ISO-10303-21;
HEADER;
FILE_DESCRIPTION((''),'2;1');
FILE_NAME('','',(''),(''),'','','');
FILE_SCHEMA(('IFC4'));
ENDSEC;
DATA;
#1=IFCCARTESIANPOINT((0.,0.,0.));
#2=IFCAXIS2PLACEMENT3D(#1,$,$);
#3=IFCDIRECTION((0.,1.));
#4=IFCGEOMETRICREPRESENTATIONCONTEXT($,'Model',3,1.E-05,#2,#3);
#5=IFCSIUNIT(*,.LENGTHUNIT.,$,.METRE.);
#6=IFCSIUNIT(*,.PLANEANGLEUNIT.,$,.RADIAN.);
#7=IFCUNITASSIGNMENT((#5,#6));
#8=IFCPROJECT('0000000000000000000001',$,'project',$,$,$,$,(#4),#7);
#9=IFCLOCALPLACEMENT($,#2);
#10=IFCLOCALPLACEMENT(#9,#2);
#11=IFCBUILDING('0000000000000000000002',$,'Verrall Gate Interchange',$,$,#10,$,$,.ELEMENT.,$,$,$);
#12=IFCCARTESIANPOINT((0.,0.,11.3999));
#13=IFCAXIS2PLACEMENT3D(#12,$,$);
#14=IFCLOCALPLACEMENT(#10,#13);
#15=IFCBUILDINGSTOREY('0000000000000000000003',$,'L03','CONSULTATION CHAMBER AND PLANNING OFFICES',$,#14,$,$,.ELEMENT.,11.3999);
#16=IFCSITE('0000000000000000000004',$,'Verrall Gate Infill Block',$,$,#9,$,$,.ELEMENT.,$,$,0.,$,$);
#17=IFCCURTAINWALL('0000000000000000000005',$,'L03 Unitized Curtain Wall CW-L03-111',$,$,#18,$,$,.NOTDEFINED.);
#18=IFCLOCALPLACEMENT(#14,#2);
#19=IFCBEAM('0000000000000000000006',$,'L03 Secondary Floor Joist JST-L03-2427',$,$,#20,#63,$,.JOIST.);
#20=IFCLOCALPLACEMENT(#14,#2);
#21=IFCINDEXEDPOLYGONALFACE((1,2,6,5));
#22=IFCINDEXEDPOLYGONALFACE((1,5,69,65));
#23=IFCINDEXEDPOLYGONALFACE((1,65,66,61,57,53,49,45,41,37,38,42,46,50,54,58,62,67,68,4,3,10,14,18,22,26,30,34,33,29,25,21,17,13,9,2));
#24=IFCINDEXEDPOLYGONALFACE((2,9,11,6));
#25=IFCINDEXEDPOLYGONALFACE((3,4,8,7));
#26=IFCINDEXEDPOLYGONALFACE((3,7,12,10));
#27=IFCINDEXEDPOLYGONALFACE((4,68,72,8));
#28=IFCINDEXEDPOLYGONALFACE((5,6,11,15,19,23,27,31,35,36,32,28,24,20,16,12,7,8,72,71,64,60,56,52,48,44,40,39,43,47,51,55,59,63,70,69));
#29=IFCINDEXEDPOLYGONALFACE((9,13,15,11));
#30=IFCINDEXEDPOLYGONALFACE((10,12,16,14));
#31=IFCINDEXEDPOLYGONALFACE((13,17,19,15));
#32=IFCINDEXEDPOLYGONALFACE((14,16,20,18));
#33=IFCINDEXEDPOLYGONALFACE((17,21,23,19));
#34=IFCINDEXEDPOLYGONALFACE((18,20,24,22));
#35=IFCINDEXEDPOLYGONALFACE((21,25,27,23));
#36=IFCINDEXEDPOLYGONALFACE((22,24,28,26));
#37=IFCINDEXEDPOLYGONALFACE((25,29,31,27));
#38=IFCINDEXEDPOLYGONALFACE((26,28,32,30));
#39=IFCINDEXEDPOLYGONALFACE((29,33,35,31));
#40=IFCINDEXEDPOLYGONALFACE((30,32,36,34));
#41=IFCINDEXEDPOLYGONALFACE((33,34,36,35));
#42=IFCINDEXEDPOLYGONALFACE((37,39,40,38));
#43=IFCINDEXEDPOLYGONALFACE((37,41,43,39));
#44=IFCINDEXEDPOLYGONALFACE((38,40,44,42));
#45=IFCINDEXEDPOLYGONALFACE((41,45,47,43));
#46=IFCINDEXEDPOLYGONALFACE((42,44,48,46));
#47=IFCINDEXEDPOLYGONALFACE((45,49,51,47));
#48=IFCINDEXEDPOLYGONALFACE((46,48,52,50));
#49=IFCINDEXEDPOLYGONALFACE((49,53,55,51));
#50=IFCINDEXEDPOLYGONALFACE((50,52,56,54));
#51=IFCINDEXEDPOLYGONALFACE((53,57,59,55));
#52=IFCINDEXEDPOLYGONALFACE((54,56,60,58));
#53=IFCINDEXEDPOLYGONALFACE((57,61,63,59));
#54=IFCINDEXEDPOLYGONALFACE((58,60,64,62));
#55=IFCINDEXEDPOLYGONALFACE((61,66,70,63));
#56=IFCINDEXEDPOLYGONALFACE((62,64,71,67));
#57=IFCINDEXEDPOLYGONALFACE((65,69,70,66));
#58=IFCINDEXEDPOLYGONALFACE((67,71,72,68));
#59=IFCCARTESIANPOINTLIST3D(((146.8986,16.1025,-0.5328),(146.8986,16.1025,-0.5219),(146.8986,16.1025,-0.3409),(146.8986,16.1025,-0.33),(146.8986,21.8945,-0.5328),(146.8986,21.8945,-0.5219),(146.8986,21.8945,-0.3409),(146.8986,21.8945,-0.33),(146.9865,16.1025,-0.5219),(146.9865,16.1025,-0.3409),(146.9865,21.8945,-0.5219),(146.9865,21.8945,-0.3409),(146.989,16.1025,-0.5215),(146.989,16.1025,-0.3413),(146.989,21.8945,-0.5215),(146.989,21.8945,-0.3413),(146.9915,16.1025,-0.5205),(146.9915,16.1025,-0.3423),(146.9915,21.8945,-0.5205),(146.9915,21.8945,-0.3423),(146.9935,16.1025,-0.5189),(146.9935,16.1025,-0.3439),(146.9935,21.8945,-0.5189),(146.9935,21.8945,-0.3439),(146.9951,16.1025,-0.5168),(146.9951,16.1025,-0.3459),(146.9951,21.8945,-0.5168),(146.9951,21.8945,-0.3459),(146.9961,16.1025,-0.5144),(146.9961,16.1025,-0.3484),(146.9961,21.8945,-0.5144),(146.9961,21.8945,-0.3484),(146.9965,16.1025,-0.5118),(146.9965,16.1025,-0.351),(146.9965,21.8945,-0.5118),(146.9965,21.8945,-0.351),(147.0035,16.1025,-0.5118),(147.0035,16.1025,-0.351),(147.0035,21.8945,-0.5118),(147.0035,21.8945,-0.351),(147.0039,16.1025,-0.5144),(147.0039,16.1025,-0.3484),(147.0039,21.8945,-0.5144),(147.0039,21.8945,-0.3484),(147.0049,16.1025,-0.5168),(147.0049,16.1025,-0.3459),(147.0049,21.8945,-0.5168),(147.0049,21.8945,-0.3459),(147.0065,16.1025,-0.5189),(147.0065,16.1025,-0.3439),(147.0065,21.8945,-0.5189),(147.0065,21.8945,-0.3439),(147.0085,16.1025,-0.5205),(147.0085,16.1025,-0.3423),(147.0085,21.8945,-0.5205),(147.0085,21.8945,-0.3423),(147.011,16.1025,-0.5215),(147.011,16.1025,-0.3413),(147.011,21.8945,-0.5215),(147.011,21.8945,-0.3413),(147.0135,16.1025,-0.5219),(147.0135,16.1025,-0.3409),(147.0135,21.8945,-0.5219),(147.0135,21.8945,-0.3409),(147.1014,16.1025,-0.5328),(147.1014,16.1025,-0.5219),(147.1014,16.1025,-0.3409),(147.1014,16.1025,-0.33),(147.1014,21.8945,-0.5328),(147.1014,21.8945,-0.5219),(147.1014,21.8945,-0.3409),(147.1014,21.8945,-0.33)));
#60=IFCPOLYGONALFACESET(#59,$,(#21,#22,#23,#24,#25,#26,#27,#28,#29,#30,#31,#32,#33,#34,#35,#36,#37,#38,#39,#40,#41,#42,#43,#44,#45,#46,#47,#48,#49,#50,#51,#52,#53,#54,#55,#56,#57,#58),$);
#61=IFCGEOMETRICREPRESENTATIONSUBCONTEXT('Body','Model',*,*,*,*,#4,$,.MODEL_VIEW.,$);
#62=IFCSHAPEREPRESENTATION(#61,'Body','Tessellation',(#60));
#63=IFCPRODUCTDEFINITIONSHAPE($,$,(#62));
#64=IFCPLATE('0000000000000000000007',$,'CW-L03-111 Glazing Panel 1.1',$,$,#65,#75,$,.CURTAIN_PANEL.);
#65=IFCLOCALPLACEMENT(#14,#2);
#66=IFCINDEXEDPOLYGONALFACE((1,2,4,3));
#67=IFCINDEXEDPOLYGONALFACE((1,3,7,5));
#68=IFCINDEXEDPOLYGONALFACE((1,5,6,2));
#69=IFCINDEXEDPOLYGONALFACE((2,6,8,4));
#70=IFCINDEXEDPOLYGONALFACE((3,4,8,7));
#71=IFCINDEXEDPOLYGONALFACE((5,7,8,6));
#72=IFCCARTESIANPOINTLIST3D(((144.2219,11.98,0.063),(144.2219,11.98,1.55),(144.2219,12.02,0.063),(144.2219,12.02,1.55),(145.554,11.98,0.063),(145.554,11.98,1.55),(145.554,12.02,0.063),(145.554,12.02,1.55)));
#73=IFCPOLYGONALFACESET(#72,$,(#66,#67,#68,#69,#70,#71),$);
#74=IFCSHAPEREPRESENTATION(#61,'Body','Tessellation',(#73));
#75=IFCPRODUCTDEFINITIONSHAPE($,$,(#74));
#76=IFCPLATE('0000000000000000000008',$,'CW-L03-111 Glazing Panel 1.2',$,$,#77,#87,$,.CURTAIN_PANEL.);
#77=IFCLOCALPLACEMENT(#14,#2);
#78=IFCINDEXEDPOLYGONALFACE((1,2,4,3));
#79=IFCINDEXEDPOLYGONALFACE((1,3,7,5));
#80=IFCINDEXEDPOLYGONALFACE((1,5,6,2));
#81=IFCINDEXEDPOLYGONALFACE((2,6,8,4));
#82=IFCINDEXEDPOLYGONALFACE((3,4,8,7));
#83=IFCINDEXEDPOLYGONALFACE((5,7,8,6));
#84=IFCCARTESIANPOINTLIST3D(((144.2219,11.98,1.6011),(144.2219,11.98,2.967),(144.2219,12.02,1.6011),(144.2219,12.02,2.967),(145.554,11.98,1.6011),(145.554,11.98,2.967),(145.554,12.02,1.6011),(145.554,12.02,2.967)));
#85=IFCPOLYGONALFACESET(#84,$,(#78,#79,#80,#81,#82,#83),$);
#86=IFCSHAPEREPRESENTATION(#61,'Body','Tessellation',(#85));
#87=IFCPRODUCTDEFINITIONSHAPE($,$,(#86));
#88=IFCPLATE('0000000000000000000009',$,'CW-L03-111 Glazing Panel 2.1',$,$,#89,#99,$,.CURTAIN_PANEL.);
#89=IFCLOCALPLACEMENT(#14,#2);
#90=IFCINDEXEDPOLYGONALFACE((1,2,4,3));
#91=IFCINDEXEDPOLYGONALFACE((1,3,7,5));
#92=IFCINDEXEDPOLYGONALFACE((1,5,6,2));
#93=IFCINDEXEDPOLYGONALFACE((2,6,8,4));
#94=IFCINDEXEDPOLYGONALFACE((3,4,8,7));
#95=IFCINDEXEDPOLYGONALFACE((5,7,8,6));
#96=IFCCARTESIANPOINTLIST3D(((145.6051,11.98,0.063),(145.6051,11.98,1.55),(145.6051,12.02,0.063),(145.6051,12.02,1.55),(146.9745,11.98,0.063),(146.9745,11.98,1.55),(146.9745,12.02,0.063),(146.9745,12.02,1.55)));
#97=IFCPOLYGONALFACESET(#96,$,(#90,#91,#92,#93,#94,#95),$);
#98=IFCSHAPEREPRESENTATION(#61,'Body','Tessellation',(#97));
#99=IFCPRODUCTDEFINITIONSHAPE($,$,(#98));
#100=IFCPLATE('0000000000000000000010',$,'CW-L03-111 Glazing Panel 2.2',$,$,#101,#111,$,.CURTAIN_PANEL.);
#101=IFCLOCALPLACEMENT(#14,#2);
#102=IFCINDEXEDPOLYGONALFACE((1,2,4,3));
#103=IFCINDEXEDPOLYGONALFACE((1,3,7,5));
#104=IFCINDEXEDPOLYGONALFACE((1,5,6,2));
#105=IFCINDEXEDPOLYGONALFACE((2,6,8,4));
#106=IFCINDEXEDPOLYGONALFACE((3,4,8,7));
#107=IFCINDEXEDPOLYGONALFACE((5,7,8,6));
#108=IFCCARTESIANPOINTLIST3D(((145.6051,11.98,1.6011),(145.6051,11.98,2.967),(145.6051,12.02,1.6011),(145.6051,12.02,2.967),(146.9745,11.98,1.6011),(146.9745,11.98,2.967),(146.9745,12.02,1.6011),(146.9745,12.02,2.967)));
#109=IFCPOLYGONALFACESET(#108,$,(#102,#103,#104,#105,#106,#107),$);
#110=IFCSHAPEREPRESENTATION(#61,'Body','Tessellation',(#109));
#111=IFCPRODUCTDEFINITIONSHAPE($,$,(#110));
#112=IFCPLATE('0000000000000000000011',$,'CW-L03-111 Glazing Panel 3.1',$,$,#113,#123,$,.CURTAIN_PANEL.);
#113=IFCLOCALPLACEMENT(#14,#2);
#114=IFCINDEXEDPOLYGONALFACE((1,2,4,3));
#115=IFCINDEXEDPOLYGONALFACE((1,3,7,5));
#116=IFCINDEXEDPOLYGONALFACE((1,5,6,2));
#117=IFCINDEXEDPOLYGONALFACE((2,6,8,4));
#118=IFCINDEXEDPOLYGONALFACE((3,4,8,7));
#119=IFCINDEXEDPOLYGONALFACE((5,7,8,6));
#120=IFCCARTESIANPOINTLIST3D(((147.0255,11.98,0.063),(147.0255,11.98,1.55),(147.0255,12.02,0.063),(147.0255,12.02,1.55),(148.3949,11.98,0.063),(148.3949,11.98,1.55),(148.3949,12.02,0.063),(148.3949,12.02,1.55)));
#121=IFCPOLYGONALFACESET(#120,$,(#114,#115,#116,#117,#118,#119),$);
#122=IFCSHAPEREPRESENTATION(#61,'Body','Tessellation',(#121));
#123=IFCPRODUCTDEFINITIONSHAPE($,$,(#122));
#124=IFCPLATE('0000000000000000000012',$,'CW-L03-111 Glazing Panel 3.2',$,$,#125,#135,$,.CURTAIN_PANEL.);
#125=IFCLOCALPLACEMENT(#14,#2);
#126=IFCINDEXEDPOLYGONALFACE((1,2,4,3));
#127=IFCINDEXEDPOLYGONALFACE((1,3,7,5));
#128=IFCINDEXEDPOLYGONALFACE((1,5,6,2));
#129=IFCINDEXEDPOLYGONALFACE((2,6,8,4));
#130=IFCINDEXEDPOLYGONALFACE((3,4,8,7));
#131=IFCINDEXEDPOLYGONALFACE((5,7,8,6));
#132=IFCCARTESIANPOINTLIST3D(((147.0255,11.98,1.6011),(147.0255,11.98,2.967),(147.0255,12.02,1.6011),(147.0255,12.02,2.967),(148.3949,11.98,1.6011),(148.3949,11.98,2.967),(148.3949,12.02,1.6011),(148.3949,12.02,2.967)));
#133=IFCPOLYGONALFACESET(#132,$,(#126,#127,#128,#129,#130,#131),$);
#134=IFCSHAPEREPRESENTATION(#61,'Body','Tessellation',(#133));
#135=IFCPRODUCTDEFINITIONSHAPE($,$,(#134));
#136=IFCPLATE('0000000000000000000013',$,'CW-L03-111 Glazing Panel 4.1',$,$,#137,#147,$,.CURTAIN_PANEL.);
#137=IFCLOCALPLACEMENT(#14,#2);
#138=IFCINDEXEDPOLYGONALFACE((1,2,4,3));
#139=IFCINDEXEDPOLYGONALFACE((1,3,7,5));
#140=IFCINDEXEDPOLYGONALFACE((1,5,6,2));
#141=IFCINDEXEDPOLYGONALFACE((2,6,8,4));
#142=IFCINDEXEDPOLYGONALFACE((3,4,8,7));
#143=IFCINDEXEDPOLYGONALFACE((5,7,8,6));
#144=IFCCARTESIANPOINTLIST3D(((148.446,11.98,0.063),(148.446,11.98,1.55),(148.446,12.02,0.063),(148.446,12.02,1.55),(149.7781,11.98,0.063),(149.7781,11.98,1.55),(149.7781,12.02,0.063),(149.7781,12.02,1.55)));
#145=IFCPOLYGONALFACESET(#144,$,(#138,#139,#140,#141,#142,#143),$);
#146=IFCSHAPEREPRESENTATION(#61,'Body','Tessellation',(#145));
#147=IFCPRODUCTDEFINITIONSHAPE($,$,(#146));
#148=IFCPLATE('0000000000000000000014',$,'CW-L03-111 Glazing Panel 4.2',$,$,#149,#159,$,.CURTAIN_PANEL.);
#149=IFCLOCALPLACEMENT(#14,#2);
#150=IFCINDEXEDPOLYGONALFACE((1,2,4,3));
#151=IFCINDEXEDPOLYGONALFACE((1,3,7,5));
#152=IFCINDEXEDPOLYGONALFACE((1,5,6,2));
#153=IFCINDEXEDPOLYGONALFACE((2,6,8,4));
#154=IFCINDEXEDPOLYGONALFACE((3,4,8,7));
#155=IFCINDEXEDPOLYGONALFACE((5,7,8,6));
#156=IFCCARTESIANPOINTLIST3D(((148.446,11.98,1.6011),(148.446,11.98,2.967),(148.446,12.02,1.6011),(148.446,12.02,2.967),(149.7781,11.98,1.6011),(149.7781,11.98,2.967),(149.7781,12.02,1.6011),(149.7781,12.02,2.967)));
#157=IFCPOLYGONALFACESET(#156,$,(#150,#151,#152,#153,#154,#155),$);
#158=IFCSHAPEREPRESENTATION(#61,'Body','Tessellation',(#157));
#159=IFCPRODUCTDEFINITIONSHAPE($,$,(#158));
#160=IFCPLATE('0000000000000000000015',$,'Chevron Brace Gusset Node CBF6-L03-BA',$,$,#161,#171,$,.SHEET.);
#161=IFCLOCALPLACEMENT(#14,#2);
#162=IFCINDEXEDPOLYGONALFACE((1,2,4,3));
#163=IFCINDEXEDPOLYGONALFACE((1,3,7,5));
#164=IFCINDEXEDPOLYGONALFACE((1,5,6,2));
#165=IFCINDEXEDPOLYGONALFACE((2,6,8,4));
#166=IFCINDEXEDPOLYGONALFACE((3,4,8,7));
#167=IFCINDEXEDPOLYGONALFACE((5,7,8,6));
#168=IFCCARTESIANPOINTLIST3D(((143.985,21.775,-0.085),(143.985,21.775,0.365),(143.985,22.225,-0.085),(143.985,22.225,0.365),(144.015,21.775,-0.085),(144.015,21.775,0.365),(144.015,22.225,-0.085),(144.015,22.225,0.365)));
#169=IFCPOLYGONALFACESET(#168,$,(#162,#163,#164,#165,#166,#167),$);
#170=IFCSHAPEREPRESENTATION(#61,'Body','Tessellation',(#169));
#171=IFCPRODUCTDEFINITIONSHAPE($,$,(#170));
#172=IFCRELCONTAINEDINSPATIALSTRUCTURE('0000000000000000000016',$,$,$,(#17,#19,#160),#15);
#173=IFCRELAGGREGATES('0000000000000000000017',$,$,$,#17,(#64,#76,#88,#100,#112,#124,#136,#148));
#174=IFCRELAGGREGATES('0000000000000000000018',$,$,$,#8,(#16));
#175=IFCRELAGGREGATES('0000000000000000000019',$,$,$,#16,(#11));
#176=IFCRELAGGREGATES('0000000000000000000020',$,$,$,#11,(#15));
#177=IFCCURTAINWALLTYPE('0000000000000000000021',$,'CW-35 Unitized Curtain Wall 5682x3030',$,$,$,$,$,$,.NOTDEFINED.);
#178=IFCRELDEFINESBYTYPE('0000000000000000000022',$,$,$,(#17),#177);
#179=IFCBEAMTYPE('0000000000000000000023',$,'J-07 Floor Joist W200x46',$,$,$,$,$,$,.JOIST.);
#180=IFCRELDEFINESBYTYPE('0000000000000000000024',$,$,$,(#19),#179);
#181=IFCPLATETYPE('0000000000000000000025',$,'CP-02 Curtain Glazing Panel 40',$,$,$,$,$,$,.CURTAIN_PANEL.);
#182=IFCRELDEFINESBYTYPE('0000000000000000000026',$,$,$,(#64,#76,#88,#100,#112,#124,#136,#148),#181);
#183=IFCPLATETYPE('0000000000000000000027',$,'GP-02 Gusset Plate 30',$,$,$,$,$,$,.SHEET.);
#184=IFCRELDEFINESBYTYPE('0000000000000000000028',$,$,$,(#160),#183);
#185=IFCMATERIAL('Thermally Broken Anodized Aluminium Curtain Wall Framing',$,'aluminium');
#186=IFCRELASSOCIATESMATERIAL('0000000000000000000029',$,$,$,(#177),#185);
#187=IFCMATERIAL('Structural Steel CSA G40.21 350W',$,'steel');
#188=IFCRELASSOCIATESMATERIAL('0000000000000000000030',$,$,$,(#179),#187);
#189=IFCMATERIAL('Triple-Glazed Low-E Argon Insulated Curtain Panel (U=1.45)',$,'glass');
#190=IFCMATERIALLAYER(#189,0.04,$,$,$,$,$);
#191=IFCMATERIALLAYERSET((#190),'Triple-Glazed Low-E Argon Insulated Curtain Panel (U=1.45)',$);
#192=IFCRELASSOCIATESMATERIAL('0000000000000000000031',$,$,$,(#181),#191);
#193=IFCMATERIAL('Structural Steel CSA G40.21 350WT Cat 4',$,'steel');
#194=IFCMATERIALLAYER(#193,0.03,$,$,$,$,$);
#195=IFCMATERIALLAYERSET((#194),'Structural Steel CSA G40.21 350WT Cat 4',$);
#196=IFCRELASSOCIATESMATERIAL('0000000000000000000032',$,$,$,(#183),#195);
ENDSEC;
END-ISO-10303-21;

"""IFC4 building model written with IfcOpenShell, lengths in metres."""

from ifc_helpers import new_model, si_unit, direction, frame, origin, origin_2d, place, context, subcontext, project, spatial, rectangle, i_section, extrude, material, layer, layer_set, material_profile, profile_set, type_object, element, aggregate, save


model = new_model("IFC4")

# Units and contexts
model_context = context("Model", 3, precision=1e-05, world=origin(), true_north=direction((0.0, 1.0)))
body_context = subcontext(model_context, "Body", "Model", "MODEL_VIEW")
ifc_project = project(units=[si_unit("LENGTHUNIT", "METRE"), si_unit("PLANEANGLEUNIT", "RADIAN")], contexts=[model_context])

# Site, building, storey
site_placement = place(None, origin())
site = spatial("IfcSite", under=ifc_project, at=site_placement, Name="Verrall Gate Infill Block", CompositionType="ELEMENT", RefElevation=0.0)
building_placement = place(site_placement, origin())
building = spatial("IfcBuilding", under=site, at=building_placement, Name="Verrall Gate Interchange", CompositionType="ELEMENT")
storey_placement = place(building_placement, frame((0.0, 0.0, 11.3999)))
storey = spatial("IfcBuildingStorey", under=building, at=storey_placement, Name="L03", Description="CONSULTATION CHAMBER AND PLANNING OFFICES", CompositionType="ELEMENT", Elevation=11.3999)

# Curtain wall
ifc_material_1 = material(Name="Thermally Broken Anodized Aluminium Curtain Wall Framing", Category="aluminium")
curtain_wall_type = type_object("IfcCurtainWallType", Name="CW-35 Unitized Curtain Wall 5682x3030", PredefinedType="NOTDEFINED", material=ifc_material_1)
curtain_wall_placement = place(storey_placement, origin())
curtain_wall = element("IfcCurtainWall", 1, at=curtain_wall_placement, inside=storey, type_object=curtain_wall_type, Name="L03 Unitized Curtain Wall CW-L03-111", PredefinedType="NOTDEFINED")

# Beam
ifc_material_2 = material(Name="Structural Steel CSA G40.21 350W", Category="steel")
ifc_material_profile_1 = material_profile(ifc_material_2, i_section(OverallWidth=0.2029, OverallDepth=0.2029, WebThickness=0.0071, FlangeThickness=0.011, FilletRadius=0.01, at=origin_2d()), Name="W200x46")
ifc_profile_set_1 = profile_set([ifc_material_profile_1], Name="Structural Steel CSA G40.21 350W")
beam_type_1 = type_object("IfcBeamType", Name="J-07 Floor Joist W200x46", PredefinedType="JOIST", material=ifc_profile_set_1)
beam_1_placement = place(storey_placement, frame((147.0, 16.1025, -0.4314), z_axis=(0.0, 1.0, 0.0), x_axis=(-1.0, 0.0, 0.0)))
element("IfcBeam", 2, at=beam_1_placement, inside=storey, type_object=beam_type_1, Name="L03 Secondary Floor Joist JST-L03-2427", PredefinedType="JOIST", context=body_context, shape_type="SweptSolid", body=[
    extrude(i_section(OverallWidth=0.2029, OverallDepth=0.2029, WebThickness=0.0071, FlangeThickness=0.011, FilletRadius=0.01, at=origin_2d()), origin(), (0.0, 0.0, 1.0), 5.792),
])

# Plates
ifc_material_3 = material(Name="Triple-Glazed Low-E Argon Insulated Curtain Panel (U=1.45)", Category="glass")
ifc_layer_1 = layer(ifc_material_3, 0.04)
ifc_layer_set_1 = layer_set([ifc_layer_1], Name="Triple-Glazed Low-E Argon Insulated Curtain Panel (U=1.45)")
plate_type_1 = type_object("IfcPlateType", Name="CP-02 Curtain Glazing Panel 40", PredefinedType="CURTAIN_PANEL", material=ifc_layer_set_1)
plate_1_placement = place(storey_placement, frame((144.8879, 12.0, 0.063), z_axis=(0.0, 0.0, 1.0), x_axis=(1.0, 0.0, 0.0)))
plate_1 = element("IfcPlate", 3, at=plate_1_placement, type_object=plate_type_1, Name="CW-L03-111 Glazing Panel 1.1", PredefinedType="CURTAIN_PANEL", context=body_context, shape_type="SweptSolid", body=[
    extrude(rectangle(XDim=1.332, YDim=0.04, at=origin_2d()), origin(), (0.0, 0.0, 1.0), 1.4871),
])
plate_2_placement = place(storey_placement, frame((144.8879, 12.0, 1.6011), z_axis=(0.0, 0.0, 1.0), x_axis=(1.0, 0.0, 0.0)))
plate_2 = element("IfcPlate", 4, at=plate_2_placement, type_object=plate_type_1, Name="CW-L03-111 Glazing Panel 1.2", PredefinedType="CURTAIN_PANEL", context=body_context, shape_type="SweptSolid", body=[
    extrude(rectangle(XDim=1.332, YDim=0.04, at=origin_2d()), origin(), (0.0, 0.0, 1.0), 1.366),
])
plate_3_placement = place(storey_placement, frame((146.2898, 12.0, 0.063), z_axis=(0.0, 0.0, 1.0), x_axis=(1.0, 0.0, 0.0)))
plate_3 = element("IfcPlate", 5, at=plate_3_placement, type_object=plate_type_1, Name="CW-L03-111 Glazing Panel 2.1", PredefinedType="CURTAIN_PANEL", context=body_context, shape_type="SweptSolid", body=[
    extrude(rectangle(XDim=1.3694, YDim=0.04, at=origin_2d()), origin(), (0.0, 0.0, 1.0), 1.4871),
])
plate_4_placement = place(storey_placement, frame((146.2898, 12.0, 1.6011), z_axis=(0.0, 0.0, 1.0), x_axis=(1.0, 0.0, 0.0)))
plate_4 = element("IfcPlate", 6, at=plate_4_placement, type_object=plate_type_1, Name="CW-L03-111 Glazing Panel 2.2", PredefinedType="CURTAIN_PANEL", context=body_context, shape_type="SweptSolid", body=[
    extrude(rectangle(XDim=1.3694, YDim=0.04, at=origin_2d()), origin(), (0.0, 0.0, 1.0), 1.366),
])
plate_5_placement = place(storey_placement, frame((147.7102, 12.0, 0.063), z_axis=(0.0, 0.0, 1.0), x_axis=(1.0, 0.0, 0.0)))
plate_5 = element("IfcPlate", 7, at=plate_5_placement, type_object=plate_type_1, Name="CW-L03-111 Glazing Panel 3.1", PredefinedType="CURTAIN_PANEL", context=body_context, shape_type="SweptSolid", body=[
    extrude(rectangle(XDim=1.3694, YDim=0.04, at=origin_2d()), origin(), (0.0, 0.0, 1.0), 1.4871),
])
plate_6_placement = place(storey_placement, frame((147.7102, 12.0, 1.6011), z_axis=(0.0, 0.0, 1.0), x_axis=(1.0, 0.0, 0.0)))
plate_6 = element("IfcPlate", 8, at=plate_6_placement, type_object=plate_type_1, Name="CW-L03-111 Glazing Panel 3.2", PredefinedType="CURTAIN_PANEL", context=body_context, shape_type="SweptSolid", body=[
    extrude(rectangle(XDim=1.3694, YDim=0.04, at=origin_2d()), origin(), (0.0, 0.0, 1.0), 1.366),
])
plate_7_placement = place(storey_placement, frame((149.1121, 12.0, 0.063), z_axis=(0.0, 0.0, 1.0), x_axis=(1.0, 0.0, 0.0)))
plate_7 = element("IfcPlate", 9, at=plate_7_placement, type_object=plate_type_1, Name="CW-L03-111 Glazing Panel 4.1", PredefinedType="CURTAIN_PANEL", context=body_context, shape_type="SweptSolid", body=[
    extrude(rectangle(XDim=1.332, YDim=0.04, at=origin_2d()), origin(), (0.0, 0.0, 1.0), 1.4871),
])
plate_8_placement = place(storey_placement, frame((149.1121, 12.0, 1.6011), z_axis=(0.0, 0.0, 1.0), x_axis=(1.0, 0.0, 0.0)))
plate_8 = element("IfcPlate", 10, at=plate_8_placement, type_object=plate_type_1, Name="CW-L03-111 Glazing Panel 4.2", PredefinedType="CURTAIN_PANEL", context=body_context, shape_type="SweptSolid", body=[
    extrude(rectangle(XDim=1.332, YDim=0.04, at=origin_2d()), origin(), (0.0, 0.0, 1.0), 1.366),
])
aggregate(curtain_wall, [plate_1, plate_2, plate_3, plate_4, plate_5, plate_6, plate_7, plate_8])
ifc_material_4 = material(Name="Structural Steel CSA G40.21 350WT Cat 4", Category="steel")
ifc_layer_2 = layer(ifc_material_4, 0.03)
ifc_layer_set_2 = layer_set([ifc_layer_2], Name="Structural Steel CSA G40.21 350WT Cat 4")
plate_type_2 = type_object("IfcPlateType", Name="GP-02 Gusset Plate 30", PredefinedType="SHEET", material=ifc_layer_set_2)
plate_9_placement = place(storey_placement, frame((144.0, 22.0, -0.085), z_axis=(0.0, 0.0, 1.0), x_axis=(1.0, 0.0, 0.0)))
element("IfcPlate", 11, at=plate_9_placement, inside=storey, type_object=plate_type_2, Name="Chevron Brace Gusset Node CBF6-L03-BA", PredefinedType="SHEET", context=body_context, shape_type="SweptSolid", body=[
    extrude(rectangle(XDim=0.03, YDim=0.45, at=origin_2d()), origin(), (0.0, 0.0, 1.0), 0.45),
])

save(model, "model.ifc")
